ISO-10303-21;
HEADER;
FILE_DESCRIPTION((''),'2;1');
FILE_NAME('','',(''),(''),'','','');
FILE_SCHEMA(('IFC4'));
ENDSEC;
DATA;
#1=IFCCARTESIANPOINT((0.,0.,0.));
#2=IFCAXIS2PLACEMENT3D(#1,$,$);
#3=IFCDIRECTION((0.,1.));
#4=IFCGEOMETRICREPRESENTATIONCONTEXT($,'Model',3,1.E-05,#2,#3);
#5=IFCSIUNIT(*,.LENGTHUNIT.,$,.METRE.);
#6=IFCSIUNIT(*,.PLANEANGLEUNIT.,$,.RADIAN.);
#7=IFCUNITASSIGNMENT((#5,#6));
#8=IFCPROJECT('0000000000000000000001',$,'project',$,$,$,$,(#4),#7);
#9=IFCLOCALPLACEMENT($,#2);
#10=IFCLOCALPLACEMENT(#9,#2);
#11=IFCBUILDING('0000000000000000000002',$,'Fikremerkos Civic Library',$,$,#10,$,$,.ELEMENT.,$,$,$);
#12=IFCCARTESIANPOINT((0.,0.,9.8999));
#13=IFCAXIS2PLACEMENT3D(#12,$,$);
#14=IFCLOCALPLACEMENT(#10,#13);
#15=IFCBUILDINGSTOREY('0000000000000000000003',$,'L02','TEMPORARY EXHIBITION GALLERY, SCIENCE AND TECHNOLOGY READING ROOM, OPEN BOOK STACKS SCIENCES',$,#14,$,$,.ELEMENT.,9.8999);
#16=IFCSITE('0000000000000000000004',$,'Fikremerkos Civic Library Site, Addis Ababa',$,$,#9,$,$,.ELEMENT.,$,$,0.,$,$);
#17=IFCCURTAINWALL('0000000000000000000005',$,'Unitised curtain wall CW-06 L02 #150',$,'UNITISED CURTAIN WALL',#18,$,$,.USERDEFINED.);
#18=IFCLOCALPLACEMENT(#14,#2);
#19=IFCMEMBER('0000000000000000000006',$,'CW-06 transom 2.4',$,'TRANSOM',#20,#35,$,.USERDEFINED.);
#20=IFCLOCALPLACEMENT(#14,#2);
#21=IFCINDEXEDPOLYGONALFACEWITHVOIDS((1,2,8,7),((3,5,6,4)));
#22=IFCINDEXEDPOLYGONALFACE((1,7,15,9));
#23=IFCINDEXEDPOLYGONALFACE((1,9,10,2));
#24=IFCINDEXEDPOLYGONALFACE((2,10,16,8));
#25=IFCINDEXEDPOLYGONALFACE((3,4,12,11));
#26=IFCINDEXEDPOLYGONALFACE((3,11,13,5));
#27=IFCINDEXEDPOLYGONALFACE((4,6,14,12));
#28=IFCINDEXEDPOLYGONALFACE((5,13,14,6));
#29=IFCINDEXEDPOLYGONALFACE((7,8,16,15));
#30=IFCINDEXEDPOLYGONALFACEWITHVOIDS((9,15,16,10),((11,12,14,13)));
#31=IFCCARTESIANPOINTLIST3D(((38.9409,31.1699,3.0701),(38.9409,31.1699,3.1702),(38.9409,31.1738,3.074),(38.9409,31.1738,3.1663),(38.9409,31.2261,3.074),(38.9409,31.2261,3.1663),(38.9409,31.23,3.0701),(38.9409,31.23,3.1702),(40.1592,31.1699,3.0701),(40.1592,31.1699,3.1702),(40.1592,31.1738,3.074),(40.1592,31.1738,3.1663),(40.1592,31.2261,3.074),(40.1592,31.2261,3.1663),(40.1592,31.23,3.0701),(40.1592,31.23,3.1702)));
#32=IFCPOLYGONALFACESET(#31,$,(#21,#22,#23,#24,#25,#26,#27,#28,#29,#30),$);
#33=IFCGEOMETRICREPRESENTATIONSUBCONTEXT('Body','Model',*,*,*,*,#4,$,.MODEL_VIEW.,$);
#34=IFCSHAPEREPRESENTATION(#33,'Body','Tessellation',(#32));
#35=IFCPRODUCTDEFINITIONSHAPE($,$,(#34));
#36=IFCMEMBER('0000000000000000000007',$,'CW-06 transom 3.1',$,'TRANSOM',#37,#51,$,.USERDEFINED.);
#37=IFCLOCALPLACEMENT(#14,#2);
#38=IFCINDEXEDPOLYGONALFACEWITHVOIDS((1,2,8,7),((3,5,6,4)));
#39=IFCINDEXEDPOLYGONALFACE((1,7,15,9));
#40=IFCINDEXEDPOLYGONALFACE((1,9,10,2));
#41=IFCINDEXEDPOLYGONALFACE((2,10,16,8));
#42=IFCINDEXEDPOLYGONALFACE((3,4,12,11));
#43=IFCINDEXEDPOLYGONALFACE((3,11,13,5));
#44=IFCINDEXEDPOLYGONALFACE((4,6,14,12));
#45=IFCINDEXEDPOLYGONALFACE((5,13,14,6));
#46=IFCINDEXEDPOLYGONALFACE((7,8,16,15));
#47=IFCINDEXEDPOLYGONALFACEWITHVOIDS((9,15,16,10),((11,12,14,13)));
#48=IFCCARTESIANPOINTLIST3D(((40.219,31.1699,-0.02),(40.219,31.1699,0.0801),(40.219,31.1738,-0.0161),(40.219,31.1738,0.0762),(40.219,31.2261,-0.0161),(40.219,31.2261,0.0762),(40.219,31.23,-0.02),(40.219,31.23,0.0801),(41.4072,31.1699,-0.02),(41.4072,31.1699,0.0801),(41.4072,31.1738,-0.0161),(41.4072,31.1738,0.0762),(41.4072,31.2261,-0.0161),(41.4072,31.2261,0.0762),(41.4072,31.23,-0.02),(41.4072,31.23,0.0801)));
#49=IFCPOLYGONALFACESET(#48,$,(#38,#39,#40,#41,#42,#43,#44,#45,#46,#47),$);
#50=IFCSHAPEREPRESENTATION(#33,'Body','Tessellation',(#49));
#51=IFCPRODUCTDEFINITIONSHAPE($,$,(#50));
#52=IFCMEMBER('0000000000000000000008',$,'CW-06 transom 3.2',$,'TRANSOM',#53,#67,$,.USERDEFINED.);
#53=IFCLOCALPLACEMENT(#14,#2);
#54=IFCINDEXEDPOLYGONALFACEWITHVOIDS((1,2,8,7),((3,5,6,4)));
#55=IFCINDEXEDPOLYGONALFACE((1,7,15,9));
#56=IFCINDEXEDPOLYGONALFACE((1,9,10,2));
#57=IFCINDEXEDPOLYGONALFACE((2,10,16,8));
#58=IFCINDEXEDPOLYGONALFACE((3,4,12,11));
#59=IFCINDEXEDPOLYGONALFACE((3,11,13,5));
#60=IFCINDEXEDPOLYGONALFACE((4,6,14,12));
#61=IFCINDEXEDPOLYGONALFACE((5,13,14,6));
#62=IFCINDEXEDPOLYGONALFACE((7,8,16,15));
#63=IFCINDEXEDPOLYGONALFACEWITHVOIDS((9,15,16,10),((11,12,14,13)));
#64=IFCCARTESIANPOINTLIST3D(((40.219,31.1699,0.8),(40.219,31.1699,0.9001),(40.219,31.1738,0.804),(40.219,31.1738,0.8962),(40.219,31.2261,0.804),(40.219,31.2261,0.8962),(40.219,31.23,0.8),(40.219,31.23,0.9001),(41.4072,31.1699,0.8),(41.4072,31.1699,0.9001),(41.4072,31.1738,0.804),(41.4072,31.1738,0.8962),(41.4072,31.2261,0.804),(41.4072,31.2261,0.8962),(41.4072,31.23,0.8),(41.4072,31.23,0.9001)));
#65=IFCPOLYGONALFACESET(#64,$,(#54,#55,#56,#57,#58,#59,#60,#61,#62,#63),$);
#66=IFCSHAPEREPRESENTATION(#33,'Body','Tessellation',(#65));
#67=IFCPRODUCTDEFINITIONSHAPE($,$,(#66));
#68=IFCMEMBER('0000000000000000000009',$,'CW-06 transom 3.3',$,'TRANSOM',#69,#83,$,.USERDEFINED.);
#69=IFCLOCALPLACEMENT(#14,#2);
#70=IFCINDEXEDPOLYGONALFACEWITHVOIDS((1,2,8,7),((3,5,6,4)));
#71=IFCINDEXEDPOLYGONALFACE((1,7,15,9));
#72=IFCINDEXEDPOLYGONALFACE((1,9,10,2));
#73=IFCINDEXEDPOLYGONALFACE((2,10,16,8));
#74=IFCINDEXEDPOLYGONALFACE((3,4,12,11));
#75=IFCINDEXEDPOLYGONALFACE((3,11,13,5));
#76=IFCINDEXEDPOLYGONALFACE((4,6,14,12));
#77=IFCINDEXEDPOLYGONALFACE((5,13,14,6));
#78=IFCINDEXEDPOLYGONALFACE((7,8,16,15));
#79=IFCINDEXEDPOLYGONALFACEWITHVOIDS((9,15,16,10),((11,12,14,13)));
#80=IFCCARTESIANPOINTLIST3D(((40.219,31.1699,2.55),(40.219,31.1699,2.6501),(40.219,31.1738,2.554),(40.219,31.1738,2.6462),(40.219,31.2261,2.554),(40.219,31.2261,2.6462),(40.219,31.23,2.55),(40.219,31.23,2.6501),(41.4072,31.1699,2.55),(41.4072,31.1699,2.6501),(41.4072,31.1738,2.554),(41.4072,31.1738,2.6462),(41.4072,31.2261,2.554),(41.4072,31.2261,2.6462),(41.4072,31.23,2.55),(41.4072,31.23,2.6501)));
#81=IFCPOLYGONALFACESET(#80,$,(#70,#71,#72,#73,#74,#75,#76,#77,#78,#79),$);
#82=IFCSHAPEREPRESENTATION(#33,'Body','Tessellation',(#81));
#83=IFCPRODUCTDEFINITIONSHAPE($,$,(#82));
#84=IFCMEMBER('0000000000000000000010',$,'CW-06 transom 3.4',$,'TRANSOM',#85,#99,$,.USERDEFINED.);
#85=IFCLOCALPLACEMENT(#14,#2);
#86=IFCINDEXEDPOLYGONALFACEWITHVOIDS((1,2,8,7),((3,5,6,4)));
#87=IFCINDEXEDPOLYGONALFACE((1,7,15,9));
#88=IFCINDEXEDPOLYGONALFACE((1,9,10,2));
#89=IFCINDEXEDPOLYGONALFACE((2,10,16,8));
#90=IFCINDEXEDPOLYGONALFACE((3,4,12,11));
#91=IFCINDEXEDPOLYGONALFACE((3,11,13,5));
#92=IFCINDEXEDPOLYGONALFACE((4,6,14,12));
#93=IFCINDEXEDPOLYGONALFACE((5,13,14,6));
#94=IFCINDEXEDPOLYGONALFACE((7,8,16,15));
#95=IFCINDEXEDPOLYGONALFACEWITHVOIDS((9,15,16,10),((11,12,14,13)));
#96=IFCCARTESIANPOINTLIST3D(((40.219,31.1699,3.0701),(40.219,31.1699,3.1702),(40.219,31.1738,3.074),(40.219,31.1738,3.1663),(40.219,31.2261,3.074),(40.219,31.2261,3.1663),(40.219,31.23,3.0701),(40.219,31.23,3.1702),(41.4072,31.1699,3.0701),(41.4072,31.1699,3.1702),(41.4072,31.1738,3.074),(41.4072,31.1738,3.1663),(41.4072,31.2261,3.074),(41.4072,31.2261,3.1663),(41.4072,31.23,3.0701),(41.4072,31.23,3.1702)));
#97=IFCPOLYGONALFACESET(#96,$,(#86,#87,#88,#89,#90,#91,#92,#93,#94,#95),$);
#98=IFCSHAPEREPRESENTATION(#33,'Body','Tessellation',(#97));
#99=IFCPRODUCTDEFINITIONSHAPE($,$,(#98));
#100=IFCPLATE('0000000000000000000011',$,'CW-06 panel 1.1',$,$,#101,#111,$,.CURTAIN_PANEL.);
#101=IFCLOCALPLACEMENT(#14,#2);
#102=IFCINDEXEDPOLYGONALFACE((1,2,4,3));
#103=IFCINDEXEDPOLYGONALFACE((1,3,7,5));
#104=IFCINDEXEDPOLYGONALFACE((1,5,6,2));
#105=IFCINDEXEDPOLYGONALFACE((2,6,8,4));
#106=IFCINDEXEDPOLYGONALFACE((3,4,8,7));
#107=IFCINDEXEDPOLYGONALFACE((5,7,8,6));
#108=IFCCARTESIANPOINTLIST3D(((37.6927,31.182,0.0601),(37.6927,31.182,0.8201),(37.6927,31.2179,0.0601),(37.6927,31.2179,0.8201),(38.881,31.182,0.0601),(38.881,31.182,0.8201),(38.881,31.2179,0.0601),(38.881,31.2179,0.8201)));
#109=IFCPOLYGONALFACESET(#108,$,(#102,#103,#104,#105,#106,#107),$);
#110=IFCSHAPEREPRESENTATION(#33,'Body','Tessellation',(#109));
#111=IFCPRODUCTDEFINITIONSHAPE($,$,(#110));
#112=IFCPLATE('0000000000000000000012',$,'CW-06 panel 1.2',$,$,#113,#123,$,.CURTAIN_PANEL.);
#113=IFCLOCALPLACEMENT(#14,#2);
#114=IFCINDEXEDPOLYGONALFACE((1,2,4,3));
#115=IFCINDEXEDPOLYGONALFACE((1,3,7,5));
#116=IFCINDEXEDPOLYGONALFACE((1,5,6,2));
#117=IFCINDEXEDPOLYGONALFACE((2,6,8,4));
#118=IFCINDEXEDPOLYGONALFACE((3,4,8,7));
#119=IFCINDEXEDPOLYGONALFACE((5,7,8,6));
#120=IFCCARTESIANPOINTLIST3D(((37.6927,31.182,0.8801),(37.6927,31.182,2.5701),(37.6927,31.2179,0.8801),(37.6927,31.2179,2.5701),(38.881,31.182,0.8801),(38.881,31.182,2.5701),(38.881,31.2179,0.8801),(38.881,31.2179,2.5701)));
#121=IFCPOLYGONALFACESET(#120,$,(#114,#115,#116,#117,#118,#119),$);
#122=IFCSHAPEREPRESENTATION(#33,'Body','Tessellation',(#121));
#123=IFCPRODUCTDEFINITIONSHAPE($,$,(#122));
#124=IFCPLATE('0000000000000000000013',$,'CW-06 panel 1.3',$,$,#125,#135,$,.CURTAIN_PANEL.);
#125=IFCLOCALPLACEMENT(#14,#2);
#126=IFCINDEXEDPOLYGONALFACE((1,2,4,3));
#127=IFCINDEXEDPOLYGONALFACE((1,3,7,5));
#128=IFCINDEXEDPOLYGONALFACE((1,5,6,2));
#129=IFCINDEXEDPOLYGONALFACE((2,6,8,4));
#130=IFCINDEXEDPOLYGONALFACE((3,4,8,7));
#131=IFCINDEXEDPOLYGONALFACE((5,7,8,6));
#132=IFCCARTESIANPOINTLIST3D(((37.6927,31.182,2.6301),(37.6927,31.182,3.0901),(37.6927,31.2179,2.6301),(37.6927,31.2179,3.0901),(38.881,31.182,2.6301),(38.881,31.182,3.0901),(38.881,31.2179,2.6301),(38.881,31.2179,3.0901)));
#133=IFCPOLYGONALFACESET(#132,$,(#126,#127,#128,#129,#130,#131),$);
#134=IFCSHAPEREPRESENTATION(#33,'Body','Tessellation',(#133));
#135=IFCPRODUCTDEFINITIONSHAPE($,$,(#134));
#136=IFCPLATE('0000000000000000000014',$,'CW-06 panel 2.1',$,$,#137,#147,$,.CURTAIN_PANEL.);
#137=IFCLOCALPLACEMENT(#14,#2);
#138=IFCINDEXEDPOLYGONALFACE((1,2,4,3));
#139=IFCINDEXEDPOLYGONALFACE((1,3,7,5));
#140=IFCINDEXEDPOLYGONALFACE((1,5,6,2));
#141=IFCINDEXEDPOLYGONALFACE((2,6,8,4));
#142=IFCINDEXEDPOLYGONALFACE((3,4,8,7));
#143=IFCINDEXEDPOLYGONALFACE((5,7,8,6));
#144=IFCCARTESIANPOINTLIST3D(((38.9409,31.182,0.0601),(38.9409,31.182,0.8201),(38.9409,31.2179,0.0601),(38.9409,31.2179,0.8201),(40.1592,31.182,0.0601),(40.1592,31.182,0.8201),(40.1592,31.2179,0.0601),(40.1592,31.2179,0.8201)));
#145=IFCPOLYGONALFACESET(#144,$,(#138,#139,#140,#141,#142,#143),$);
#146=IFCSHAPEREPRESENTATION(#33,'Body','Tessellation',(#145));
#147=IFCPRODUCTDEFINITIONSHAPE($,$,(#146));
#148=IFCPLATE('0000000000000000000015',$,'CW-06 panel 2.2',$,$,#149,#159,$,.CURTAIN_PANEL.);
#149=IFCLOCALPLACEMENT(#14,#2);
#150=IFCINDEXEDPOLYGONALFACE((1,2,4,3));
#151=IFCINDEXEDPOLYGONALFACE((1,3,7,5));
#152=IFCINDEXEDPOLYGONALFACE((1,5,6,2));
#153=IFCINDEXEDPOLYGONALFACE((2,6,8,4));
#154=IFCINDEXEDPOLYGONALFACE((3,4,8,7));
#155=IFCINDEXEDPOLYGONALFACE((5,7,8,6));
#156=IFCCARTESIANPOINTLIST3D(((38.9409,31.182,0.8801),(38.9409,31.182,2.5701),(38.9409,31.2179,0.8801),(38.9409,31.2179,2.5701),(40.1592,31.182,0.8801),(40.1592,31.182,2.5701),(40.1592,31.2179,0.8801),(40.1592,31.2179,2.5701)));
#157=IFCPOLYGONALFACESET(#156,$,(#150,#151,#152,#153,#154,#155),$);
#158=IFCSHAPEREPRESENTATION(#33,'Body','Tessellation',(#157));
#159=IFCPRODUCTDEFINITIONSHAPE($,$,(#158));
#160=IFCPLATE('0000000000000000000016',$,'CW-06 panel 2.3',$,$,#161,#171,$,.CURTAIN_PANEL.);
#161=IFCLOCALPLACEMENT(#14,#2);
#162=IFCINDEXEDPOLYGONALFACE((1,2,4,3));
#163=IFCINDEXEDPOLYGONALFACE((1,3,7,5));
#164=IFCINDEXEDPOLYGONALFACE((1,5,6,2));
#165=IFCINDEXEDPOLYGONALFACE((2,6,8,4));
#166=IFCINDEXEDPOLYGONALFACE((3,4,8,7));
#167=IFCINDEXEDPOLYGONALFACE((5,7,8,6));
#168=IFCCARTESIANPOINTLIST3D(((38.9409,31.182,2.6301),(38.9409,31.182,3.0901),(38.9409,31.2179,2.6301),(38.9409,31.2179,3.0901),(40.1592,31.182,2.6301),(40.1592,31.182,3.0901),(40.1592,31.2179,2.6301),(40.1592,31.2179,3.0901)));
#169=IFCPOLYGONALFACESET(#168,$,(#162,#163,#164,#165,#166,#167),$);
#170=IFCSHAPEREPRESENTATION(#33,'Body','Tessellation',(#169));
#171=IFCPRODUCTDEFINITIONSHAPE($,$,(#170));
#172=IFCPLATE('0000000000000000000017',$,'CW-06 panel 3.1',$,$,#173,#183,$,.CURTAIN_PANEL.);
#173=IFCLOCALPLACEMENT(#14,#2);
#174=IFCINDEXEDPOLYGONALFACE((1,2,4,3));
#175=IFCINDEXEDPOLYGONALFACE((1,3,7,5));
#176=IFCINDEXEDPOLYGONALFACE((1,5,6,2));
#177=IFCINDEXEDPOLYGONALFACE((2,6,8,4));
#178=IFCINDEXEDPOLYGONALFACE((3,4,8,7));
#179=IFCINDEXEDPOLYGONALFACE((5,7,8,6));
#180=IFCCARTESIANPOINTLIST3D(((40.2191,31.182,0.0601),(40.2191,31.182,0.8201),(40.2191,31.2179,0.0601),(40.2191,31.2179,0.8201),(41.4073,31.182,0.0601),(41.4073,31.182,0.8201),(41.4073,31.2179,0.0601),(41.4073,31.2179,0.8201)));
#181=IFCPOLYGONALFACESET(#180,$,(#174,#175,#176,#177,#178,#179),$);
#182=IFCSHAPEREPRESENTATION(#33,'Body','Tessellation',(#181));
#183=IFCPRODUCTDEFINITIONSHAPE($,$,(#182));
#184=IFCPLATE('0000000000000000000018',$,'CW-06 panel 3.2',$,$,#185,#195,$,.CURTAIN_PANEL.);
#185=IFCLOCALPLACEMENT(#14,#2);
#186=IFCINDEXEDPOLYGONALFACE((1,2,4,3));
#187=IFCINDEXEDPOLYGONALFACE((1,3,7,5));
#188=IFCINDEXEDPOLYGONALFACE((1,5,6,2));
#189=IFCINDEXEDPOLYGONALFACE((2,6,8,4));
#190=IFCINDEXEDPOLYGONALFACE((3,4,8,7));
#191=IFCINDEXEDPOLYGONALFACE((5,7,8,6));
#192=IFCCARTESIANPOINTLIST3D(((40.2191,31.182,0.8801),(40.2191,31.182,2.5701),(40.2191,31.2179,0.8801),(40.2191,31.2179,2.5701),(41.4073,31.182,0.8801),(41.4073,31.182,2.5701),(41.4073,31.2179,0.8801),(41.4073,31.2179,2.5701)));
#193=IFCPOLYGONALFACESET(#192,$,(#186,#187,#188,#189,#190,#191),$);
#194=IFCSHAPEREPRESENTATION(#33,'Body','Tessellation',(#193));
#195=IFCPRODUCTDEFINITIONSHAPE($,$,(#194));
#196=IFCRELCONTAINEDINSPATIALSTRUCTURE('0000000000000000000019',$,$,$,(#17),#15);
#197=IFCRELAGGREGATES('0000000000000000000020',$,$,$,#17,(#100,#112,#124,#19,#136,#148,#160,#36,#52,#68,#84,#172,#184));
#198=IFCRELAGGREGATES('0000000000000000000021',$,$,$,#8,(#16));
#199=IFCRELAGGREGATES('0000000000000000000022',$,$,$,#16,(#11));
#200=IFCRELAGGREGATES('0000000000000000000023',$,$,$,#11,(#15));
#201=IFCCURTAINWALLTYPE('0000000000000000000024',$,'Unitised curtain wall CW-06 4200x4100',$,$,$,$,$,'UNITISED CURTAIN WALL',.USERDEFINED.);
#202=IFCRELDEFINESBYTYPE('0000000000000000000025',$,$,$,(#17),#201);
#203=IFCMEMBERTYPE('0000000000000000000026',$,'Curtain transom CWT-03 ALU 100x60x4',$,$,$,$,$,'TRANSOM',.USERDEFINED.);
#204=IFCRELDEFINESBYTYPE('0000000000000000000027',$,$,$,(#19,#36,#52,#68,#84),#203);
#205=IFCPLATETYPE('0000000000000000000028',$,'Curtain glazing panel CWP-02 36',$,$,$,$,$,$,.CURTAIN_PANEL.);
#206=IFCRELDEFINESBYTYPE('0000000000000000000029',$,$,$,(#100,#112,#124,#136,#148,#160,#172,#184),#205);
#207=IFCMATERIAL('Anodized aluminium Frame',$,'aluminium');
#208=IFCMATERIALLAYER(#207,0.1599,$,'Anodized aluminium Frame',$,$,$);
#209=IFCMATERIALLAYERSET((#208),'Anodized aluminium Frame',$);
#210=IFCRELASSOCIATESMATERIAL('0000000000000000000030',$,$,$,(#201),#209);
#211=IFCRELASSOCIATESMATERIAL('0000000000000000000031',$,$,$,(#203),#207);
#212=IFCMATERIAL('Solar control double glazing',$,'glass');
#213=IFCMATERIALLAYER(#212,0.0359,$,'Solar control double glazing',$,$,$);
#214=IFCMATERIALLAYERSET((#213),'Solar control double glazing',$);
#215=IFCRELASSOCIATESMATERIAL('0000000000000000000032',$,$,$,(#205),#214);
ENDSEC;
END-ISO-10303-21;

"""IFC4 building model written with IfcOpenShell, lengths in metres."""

from ifc_helpers import new_model, si_unit, direction, frame, origin, origin_2d, place, context, subcontext, project, spatial, rectangle, hollow_rectangle, extrude, material, layer, layer_set, material_profile, profile_set, type_object, element, aggregate, save


model = new_model("IFC4")

# Units and contexts
model_context = context("Model", 3, precision=1e-05, world=origin(), true_north=direction((0.0, 1.0)))
body_context = subcontext(model_context, "Body", "Model", "MODEL_VIEW")
ifc_project = project(units=[si_unit("LENGTHUNIT", "METRE"), si_unit("PLANEANGLEUNIT", "RADIAN")], contexts=[model_context])

# Site, building, storey
site_placement = place(None, origin())
site = spatial("IfcSite", under=ifc_project, at=site_placement, Name="Fikremerkos Civic Library Site, Addis Ababa", CompositionType="ELEMENT", RefElevation=0.0)
building_placement = place(site_placement, origin())
building = spatial("IfcBuilding", under=site, at=building_placement, Name="Fikremerkos Civic Library", CompositionType="ELEMENT")
storey_placement = place(building_placement, frame((0.0, 0.0, 9.8999)))
storey = spatial("IfcBuildingStorey", under=building, at=storey_placement, Name="L02", Description="TEMPORARY EXHIBITION GALLERY, SCIENCE AND TECHNOLOGY READING ROOM, OPEN BOOK STACKS SCIENCES", CompositionType="ELEMENT", Elevation=9.8999)

# Curtain wall
ifc_material_1 = material(Name="Anodized aluminium Frame", Category="aluminium")
ifc_layer_1 = layer(ifc_material_1, 0.1599, Name="Anodized aluminium Frame")
ifc_layer_set_1 = layer_set([ifc_layer_1], Name="Anodized aluminium Frame")
curtain_wall_type_1 = type_object("IfcCurtainWallType", Name="Unitised curtain wall CW-06 4200x4100", ElementType="UNITISED CURTAIN WALL", PredefinedType="USERDEFINED", material=ifc_layer_set_1)
curtain_wall_1_placement = place(storey_placement, origin())
curtain_wall_1 = element("IfcCurtainWall", 1, at=curtain_wall_1_placement, inside=storey, type_object=curtain_wall_type_1, Name="Unitised curtain wall CW-06 L02 #150", ObjectType="UNITISED CURTAIN WALL", PredefinedType="USERDEFINED")

# Members
ifc_material_profile_1 = material_profile(ifc_material_1, hollow_rectangle(XDim=0.0601, YDim=0.1001, WallThickness=0.0039, at=origin_2d()), Name="ALU 100x60x4")
ifc_profile_set_1 = profile_set([ifc_material_profile_1], Name="Anodized aluminium Frame")
member_type_1 = type_object("IfcMemberType", Name="Curtain transom CWT-03 ALU 100x60x4", ElementType="TRANSOM", PredefinedType="USERDEFINED", material=ifc_profile_set_1)
member_1_placement = place(storey_placement, frame((38.9409, 31.2, 3.1201), z_axis=(1.0, 0.0, 0.0), x_axis=(0.0, 1.0, 0.0)))
member_1 = element("IfcMember", 2, at=member_1_placement, type_object=member_type_1, Name="CW-06 transom 2.4", ObjectType="TRANSOM", PredefinedType="USERDEFINED", context=body_context, shape_type="SweptSolid", body=[
    extrude(hollow_rectangle(XDim=0.0601, YDim=0.1001, WallThickness=0.0039, at=origin_2d()), origin(), (0.0, 0.0, 1.0), 1.2183),
])
member_2_placement = place(storey_placement, frame((40.219, 31.2, 0.03), z_axis=(1.0, 0.0, 0.0), x_axis=(0.0, 1.0, 0.0)))
member_2 = element("IfcMember", 3, at=member_2_placement, type_object=member_type_1, Name="CW-06 transom 3.1", ObjectType="TRANSOM", PredefinedType="USERDEFINED", context=body_context, shape_type="SweptSolid", body=[
    extrude(hollow_rectangle(XDim=0.0601, YDim=0.1001, WallThickness=0.0039, at=origin_2d()), origin(), (0.0, 0.0, 1.0), 1.1882),
])
member_3_placement = place(storey_placement, frame((40.219, 31.2, 0.8501), z_axis=(1.0, 0.0, 0.0), x_axis=(0.0, 1.0, 0.0)))
member_3 = element("IfcMember", 4, at=member_3_placement, type_object=member_type_1, Name="CW-06 transom 3.2", ObjectType="TRANSOM", PredefinedType="USERDEFINED", context=body_context, shape_type="SweptSolid", body=[
    extrude(hollow_rectangle(XDim=0.0601, YDim=0.1001, WallThickness=0.0039, at=origin_2d()), origin(), (0.0, 0.0, 1.0), 1.1882),
])
member_4_placement = place(storey_placement, frame((40.219, 31.2, 2.6001), z_axis=(1.0, 0.0, 0.0), x_axis=(0.0, 1.0, 0.0)))
member_4 = element("IfcMember", 5, at=member_4_placement, type_object=member_type_1, Name="CW-06 transom 3.3", ObjectType="TRANSOM", PredefinedType="USERDEFINED", context=body_context, shape_type="SweptSolid", body=[
    extrude(hollow_rectangle(XDim=0.0601, YDim=0.1001, WallThickness=0.0039, at=origin_2d()), origin(), (0.0, 0.0, 1.0), 1.1882),
])
member_5_placement = place(storey_placement, frame((40.219, 31.2, 3.1201), z_axis=(1.0, 0.0, 0.0), x_axis=(0.0, 1.0, 0.0)))
member_5 = element("IfcMember", 6, at=member_5_placement, type_object=member_type_1, Name="CW-06 transom 3.4", ObjectType="TRANSOM", PredefinedType="USERDEFINED", context=body_context, shape_type="SweptSolid", body=[
    extrude(hollow_rectangle(XDim=0.0601, YDim=0.1001, WallThickness=0.0039, at=origin_2d()), origin(), (0.0, 0.0, 1.0), 1.1882),
])

# Plates
ifc_material_2 = material(Name="Solar control double glazing", Category="glass")
ifc_layer_2 = layer(ifc_material_2, 0.0359, Name="Solar control double glazing")
ifc_layer_set_2 = layer_set([ifc_layer_2], Name="Solar control double glazing")
plate_type = type_object("IfcPlateType", Name="Curtain glazing panel CWP-02 36", PredefinedType="CURTAIN_PANEL", material=ifc_layer_set_2)
plate_1_placement = place(storey_placement, frame((38.2869, 31.2, 0.0601), z_axis=(0.0, 0.0, 1.0), x_axis=(1.0, 0.0, 0.0)))
plate_1 = element("IfcPlate", 7, at=plate_1_placement, type_object=plate_type, Name="CW-06 panel 1.1", PredefinedType="CURTAIN_PANEL", context=body_context, shape_type="SweptSolid", body=[
    extrude(rectangle(XDim=1.1882, YDim=0.0359, at=origin_2d()), origin(), (0.0, 0.0, 1.0), 0.76),
])
plate_2_placement = place(storey_placement, frame((38.2869, 31.2, 0.8801), z_axis=(0.0, 0.0, 1.0), x_axis=(1.0, 0.0, 0.0)))
plate_2 = element("IfcPlate", 8, at=plate_2_placement, type_object=plate_type, Name="CW-06 panel 1.2", PredefinedType="CURTAIN_PANEL", context=body_context, shape_type="SweptSolid", body=[
    extrude(rectangle(XDim=1.1882, YDim=0.0359, at=origin_2d()), origin(), (0.0, 0.0, 1.0), 1.6899),
])
plate_3_placement = place(storey_placement, frame((38.2869, 31.2, 2.6301), z_axis=(0.0, 0.0, 1.0), x_axis=(1.0, 0.0, 0.0)))
plate_3 = element("IfcPlate", 9, at=plate_3_placement, type_object=plate_type, Name="CW-06 panel 1.3", PredefinedType="CURTAIN_PANEL", context=body_context, shape_type="SweptSolid", body=[
    extrude(rectangle(XDim=1.1882, YDim=0.0359, at=origin_2d()), origin(), (0.0, 0.0, 1.0), 0.46),
])
plate_4_placement = place(storey_placement, frame((39.55, 31.2, 0.0601), z_axis=(0.0, 0.0, 1.0), x_axis=(1.0, 0.0, 0.0)))
plate_4 = element("IfcPlate", 10, at=plate_4_placement, type_object=plate_type, Name="CW-06 panel 2.1", PredefinedType="CURTAIN_PANEL", context=body_context, shape_type="SweptSolid", body=[
    extrude(rectangle(XDim=1.2183, YDim=0.0359, at=origin_2d()), origin(), (0.0, 0.0, 1.0), 0.76),
])
plate_5_placement = place(storey_placement, frame((39.55, 31.2, 0.8801), z_axis=(0.0, 0.0, 1.0), x_axis=(1.0, 0.0, 0.0)))
plate_5 = element("IfcPlate", 11, at=plate_5_placement, type_object=plate_type, Name="CW-06 panel 2.2", PredefinedType="CURTAIN_PANEL", context=body_context, shape_type="SweptSolid", body=[
    extrude(rectangle(XDim=1.2183, YDim=0.0359, at=origin_2d()), origin(), (0.0, 0.0, 1.0), 1.6899),
])
plate_6_placement = place(storey_placement, frame((39.55, 31.2, 2.6301), z_axis=(0.0, 0.0, 1.0), x_axis=(1.0, 0.0, 0.0)))
plate_6 = element("IfcPlate", 12, at=plate_6_placement, type_object=plate_type, Name="CW-06 panel 2.3", PredefinedType="CURTAIN_PANEL", context=body_context, shape_type="SweptSolid", body=[
    extrude(rectangle(XDim=1.2183, YDim=0.0359, at=origin_2d()), origin(), (0.0, 0.0, 1.0), 0.46),
])
plate_7_placement = place(storey_placement, frame((40.8132, 31.2, 0.0601), z_axis=(0.0, 0.0, 1.0), x_axis=(1.0, 0.0, 0.0)))
plate_7 = element("IfcPlate", 13, at=plate_7_placement, type_object=plate_type, Name="CW-06 panel 3.1", PredefinedType="CURTAIN_PANEL", context=body_context, shape_type="SweptSolid", body=[
    extrude(rectangle(XDim=1.1882, YDim=0.0359, at=origin_2d()), origin(), (0.0, 0.0, 1.0), 0.76),
])
plate_8_placement = place(storey_placement, frame((40.8132, 31.2, 0.8801), z_axis=(0.0, 0.0, 1.0), x_axis=(1.0, 0.0, 0.0)))
plate_8 = element("IfcPlate", 14, at=plate_8_placement, type_object=plate_type, Name="CW-06 panel 3.2", PredefinedType="CURTAIN_PANEL", context=body_context, shape_type="SweptSolid", body=[
    extrude(rectangle(XDim=1.1882, YDim=0.0359, at=origin_2d()), origin(), (0.0, 0.0, 1.0), 1.6899),
])
aggregate(curtain_wall_1, [plate_1, plate_2, plate_3, member_1, plate_4, plate_5, plate_6, member_2, member_3, member_4, member_5, plate_7, plate_8])

save(model, "model.ifc")
